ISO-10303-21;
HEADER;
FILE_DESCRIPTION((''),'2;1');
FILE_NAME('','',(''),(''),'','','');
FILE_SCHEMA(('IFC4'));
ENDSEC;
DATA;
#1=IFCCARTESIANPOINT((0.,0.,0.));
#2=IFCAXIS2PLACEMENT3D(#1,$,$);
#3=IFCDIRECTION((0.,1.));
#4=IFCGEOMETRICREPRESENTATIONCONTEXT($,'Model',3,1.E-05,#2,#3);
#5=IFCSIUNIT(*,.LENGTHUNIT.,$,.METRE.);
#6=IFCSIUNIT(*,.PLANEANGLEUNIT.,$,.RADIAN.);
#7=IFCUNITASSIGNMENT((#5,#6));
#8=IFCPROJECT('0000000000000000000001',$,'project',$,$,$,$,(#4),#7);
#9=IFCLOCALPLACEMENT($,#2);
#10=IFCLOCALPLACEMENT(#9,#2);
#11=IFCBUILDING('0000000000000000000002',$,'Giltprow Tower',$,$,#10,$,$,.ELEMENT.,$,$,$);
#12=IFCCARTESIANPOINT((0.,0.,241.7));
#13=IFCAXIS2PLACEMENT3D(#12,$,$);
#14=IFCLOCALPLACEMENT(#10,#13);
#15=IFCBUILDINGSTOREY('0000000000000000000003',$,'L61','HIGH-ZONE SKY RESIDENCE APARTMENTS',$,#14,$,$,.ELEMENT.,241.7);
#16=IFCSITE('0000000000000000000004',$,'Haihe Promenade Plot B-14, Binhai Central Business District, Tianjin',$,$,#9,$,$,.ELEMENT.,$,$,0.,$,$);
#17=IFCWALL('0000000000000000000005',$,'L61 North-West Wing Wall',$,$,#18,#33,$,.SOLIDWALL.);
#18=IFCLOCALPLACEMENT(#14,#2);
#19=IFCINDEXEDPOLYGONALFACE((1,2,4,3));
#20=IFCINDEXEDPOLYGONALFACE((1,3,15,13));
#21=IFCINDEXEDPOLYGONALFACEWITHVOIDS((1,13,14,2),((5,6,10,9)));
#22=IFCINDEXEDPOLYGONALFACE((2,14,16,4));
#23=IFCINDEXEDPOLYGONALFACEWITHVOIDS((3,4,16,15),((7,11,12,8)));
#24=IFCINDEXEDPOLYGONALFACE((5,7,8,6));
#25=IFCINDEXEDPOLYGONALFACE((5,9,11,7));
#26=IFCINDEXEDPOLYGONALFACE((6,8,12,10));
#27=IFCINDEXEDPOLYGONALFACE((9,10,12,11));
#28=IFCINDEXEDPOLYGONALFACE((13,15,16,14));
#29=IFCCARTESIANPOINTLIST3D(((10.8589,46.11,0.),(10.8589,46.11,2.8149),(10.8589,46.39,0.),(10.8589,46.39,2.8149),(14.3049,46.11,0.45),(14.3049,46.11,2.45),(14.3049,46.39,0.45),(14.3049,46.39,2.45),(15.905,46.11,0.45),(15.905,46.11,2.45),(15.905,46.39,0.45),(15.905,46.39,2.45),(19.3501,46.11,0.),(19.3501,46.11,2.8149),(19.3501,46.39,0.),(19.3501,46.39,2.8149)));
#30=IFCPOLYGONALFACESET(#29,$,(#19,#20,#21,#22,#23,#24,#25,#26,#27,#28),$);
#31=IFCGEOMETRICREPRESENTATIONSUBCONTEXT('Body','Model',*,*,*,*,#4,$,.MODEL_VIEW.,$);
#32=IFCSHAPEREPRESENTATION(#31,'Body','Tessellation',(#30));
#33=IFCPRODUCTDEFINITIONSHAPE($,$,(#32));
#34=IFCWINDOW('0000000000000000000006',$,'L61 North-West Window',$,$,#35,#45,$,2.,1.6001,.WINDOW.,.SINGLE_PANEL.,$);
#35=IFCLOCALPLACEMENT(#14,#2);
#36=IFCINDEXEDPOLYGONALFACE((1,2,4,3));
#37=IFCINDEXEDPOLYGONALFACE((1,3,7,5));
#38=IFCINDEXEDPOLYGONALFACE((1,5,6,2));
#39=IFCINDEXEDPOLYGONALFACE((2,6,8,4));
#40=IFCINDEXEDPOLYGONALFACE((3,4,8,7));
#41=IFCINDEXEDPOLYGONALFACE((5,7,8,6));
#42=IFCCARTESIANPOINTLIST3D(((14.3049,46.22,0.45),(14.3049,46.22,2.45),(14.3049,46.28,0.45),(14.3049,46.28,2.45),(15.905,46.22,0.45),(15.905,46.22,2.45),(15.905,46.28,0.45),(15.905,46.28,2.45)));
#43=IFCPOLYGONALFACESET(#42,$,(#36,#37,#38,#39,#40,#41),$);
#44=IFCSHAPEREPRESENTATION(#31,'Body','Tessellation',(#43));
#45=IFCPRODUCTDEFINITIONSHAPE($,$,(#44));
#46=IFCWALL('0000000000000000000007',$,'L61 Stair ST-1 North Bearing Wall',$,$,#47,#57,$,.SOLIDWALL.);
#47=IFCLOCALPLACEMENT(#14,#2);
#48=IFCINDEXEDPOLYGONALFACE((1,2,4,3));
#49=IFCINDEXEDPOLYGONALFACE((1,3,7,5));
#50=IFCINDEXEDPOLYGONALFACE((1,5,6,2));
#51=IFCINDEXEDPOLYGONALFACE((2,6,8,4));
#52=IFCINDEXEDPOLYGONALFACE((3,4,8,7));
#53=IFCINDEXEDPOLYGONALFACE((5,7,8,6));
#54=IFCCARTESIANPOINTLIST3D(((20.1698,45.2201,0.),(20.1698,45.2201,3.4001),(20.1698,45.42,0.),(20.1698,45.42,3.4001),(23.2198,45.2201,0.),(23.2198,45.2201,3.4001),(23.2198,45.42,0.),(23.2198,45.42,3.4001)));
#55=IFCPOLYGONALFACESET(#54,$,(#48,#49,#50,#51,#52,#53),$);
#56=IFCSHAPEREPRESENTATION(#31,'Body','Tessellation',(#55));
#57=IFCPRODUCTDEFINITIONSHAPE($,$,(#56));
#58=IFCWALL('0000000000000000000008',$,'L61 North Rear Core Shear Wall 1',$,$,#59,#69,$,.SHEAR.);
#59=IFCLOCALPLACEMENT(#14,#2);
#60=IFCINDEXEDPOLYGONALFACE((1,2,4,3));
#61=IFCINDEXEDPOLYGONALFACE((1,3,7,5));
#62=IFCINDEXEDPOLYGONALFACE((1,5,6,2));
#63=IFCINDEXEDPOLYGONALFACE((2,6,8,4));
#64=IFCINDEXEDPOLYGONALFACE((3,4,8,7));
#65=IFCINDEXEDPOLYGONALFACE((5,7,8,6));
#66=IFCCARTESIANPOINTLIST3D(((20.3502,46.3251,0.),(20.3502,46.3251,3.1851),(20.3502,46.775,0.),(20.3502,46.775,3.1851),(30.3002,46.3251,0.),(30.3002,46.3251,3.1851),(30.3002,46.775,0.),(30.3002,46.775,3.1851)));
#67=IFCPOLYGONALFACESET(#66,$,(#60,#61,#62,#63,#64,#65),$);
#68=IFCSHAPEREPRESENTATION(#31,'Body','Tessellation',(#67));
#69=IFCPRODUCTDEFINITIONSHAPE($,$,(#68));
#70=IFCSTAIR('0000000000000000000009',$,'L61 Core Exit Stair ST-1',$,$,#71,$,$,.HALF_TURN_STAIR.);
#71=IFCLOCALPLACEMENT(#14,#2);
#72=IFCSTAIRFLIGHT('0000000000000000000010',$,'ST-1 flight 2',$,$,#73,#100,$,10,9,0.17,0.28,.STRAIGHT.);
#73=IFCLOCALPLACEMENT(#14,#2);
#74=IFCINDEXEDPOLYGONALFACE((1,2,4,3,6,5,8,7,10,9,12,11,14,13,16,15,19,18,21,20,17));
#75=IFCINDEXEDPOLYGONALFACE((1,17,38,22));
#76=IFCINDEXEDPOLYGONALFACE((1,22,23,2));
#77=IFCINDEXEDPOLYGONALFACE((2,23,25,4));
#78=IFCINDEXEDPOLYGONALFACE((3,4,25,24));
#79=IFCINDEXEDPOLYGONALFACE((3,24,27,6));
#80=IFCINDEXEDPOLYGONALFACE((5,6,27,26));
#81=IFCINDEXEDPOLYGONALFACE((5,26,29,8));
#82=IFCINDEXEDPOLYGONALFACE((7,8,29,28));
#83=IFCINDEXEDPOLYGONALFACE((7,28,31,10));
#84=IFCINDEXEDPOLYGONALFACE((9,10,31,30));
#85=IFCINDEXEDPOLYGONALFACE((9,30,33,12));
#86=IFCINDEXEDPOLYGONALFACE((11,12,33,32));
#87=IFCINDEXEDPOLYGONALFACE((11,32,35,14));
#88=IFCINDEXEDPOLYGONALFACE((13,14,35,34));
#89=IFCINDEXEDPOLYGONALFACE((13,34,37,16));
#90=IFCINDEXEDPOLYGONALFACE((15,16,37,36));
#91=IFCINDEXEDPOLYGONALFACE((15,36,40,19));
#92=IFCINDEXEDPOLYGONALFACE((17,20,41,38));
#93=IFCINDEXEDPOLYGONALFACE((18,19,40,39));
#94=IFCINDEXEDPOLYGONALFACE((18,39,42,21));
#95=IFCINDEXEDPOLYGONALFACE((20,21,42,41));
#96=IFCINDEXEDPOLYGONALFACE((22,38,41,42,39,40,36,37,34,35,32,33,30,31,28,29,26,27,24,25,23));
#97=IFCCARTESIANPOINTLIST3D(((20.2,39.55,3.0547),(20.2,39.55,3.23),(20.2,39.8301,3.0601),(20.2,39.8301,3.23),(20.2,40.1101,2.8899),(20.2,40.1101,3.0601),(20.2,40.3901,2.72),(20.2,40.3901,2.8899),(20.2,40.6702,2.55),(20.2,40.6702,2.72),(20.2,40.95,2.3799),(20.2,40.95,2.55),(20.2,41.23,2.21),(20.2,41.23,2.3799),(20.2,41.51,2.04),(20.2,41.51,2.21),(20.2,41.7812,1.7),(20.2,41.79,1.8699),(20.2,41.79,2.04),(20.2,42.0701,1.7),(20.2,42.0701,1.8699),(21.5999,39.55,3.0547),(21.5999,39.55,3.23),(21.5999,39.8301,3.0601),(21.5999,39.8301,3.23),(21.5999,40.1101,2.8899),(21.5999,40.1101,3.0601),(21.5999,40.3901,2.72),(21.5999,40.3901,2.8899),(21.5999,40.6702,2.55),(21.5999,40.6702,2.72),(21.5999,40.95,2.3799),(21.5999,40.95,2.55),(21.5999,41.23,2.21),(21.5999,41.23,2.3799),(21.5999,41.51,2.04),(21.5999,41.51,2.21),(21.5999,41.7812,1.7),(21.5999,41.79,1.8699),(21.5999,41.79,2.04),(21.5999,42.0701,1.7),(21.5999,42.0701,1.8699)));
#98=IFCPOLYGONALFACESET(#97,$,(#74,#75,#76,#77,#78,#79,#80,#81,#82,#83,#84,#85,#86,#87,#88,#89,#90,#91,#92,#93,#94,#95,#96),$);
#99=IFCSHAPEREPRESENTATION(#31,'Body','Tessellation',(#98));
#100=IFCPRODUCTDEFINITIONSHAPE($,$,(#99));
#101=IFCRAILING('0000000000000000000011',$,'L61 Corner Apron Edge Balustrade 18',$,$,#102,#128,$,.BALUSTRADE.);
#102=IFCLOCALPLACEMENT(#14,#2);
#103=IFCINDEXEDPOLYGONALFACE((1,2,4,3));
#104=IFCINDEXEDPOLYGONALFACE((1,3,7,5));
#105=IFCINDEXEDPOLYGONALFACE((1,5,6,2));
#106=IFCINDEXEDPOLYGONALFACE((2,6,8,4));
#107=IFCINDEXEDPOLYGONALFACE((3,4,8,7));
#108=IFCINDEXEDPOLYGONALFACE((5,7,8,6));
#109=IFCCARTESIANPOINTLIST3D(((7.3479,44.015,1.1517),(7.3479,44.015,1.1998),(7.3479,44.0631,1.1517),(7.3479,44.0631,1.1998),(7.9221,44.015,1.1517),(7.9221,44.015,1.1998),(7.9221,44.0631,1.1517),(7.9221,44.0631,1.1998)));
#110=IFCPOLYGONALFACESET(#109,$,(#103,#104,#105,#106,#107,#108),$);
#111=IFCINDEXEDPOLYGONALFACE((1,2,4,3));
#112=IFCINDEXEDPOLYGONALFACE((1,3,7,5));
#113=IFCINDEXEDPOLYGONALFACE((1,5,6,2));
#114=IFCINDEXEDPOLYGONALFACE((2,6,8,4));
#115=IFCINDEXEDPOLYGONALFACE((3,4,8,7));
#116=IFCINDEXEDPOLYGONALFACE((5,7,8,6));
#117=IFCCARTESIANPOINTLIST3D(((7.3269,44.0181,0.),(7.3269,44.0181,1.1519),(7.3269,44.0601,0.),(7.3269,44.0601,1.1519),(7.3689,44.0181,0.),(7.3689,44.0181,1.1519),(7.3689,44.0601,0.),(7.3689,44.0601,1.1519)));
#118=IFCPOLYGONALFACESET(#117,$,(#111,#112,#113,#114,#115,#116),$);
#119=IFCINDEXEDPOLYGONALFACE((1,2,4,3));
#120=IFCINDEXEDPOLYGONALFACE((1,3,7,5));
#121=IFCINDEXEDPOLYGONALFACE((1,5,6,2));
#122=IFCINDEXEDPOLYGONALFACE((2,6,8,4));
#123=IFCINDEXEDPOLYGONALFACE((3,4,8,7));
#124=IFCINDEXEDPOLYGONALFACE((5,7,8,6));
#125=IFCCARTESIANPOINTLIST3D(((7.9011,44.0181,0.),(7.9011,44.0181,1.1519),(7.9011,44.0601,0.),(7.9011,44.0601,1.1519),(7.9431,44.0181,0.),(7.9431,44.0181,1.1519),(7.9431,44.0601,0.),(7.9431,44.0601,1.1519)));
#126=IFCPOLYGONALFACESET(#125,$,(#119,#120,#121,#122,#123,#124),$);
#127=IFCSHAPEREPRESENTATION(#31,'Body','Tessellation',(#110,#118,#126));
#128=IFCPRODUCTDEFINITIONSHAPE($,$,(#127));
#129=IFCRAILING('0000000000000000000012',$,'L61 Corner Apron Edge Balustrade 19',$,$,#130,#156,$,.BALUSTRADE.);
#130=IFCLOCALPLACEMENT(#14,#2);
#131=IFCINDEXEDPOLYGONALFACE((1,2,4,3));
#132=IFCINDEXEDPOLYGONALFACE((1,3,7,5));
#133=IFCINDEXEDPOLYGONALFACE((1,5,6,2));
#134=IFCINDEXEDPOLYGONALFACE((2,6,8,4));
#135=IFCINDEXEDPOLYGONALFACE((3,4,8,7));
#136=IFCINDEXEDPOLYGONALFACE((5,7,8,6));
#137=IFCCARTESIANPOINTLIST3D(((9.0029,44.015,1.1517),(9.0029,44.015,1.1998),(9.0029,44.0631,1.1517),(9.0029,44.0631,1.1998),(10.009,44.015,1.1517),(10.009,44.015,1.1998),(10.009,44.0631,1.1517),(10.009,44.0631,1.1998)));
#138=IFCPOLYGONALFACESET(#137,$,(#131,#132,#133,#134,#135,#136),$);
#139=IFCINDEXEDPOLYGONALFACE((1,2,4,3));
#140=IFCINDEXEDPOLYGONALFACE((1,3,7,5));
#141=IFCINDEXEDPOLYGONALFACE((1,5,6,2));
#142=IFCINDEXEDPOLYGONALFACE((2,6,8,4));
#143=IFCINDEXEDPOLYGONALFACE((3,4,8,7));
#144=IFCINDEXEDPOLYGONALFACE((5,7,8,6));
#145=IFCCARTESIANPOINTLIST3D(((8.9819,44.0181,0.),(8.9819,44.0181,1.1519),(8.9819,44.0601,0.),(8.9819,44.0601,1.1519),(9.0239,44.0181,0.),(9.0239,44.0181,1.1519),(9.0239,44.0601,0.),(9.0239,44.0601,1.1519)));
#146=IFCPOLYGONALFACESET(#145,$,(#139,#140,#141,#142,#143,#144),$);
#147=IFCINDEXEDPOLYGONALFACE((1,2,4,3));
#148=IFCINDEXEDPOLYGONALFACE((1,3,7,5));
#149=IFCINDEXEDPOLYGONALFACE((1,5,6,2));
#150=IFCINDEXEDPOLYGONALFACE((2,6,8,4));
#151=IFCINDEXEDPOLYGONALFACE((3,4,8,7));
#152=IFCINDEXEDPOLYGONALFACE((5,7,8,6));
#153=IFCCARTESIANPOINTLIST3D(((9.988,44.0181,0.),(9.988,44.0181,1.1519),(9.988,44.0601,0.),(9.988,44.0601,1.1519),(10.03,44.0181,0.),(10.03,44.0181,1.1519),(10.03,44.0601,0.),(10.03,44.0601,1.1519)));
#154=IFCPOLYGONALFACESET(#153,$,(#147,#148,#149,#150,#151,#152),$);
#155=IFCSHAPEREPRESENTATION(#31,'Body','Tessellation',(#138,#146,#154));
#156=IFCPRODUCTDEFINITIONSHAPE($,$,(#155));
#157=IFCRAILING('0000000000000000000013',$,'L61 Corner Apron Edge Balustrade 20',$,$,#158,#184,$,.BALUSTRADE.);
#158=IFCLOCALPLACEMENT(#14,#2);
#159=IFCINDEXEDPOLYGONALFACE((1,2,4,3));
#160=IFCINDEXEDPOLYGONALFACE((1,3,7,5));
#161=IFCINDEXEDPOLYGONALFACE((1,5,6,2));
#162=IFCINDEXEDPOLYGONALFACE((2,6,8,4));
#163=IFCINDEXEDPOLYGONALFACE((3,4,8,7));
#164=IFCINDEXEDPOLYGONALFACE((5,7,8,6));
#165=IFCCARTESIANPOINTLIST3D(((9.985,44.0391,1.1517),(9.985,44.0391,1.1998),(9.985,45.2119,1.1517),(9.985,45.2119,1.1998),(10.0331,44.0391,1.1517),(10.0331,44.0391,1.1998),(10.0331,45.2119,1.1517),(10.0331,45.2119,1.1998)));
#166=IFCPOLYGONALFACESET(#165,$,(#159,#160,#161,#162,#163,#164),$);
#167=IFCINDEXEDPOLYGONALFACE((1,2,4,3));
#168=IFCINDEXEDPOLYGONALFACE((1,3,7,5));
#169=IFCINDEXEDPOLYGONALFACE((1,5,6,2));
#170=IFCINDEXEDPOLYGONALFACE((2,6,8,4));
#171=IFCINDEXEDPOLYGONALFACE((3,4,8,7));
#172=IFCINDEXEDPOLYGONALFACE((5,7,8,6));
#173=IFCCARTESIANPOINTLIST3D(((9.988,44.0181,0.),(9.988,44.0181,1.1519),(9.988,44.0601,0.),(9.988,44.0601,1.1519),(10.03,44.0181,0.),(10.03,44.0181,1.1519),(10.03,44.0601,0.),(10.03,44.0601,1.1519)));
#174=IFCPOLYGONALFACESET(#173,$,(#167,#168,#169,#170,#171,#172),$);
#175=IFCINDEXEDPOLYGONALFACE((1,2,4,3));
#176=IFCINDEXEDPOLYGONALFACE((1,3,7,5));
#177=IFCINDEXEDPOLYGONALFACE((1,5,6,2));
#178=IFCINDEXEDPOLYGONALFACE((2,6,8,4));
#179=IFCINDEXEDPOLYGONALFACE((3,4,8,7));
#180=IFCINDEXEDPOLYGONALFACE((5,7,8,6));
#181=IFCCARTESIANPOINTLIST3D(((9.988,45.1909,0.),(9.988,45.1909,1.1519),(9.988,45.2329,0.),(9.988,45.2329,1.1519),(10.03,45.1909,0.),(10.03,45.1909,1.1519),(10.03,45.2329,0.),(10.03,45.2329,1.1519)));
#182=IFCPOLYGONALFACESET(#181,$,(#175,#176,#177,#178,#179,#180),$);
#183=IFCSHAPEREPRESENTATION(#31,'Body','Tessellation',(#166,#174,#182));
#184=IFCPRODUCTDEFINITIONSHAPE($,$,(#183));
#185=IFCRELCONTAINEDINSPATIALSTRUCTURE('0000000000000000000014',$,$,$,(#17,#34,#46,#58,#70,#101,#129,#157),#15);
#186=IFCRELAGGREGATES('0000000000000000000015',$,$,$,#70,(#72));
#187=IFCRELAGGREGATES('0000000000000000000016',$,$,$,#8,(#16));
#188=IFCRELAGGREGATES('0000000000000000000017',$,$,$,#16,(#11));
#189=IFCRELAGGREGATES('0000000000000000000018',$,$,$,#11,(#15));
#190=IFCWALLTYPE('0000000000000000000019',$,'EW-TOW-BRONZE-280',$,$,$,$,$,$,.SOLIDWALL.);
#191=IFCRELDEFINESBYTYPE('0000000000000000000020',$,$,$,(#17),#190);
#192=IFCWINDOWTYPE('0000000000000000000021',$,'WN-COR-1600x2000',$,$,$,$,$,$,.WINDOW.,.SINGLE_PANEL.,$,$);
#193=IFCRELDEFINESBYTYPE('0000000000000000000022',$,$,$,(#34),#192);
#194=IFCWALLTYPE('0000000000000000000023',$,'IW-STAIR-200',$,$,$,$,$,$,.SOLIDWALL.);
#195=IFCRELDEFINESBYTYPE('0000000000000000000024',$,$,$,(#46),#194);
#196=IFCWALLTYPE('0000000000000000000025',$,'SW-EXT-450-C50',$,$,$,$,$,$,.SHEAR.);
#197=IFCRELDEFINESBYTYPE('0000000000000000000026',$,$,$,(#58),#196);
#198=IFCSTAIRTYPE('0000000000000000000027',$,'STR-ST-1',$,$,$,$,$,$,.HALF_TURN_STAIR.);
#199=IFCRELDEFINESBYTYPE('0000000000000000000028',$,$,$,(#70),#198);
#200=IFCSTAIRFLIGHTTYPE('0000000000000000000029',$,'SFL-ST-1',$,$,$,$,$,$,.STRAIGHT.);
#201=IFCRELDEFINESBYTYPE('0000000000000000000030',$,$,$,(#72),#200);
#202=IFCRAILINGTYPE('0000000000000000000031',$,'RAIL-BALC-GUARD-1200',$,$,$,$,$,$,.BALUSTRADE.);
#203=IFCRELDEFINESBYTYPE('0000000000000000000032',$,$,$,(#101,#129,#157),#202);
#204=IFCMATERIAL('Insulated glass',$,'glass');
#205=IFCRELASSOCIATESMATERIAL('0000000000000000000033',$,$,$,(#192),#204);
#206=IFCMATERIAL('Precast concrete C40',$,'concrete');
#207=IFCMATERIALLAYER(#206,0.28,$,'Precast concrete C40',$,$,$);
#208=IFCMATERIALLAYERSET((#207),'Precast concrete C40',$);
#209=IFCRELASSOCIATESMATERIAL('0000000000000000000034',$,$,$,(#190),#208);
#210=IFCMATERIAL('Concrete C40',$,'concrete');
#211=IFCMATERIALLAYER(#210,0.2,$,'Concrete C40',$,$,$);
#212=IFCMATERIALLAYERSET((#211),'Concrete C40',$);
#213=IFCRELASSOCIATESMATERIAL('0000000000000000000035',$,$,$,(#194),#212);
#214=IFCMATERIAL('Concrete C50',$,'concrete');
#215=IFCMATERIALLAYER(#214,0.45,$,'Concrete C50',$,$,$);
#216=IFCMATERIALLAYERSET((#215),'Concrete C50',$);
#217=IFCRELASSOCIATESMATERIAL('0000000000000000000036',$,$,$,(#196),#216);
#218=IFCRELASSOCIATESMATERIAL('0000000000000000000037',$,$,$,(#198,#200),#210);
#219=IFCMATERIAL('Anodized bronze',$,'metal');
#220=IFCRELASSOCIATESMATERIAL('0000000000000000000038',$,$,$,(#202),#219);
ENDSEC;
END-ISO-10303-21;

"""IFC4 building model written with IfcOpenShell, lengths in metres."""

from ifc_helpers import new_model, si_unit, direction, frame, frame_2d, origin, origin_2d, place, context, subcontext, project, spatial, polyline, rectangle, outline, extrude, source, transform, mapped, material, layer, layer_set, type_object, element, fill, aggregate, save


model = new_model("IFC4")

# Units and contexts
model_context = context("Model", 3, precision=1e-05, world=origin(), true_north=direction((0.0, 1.0)))
body_context = subcontext(model_context, "Body", "Model", "MODEL_VIEW")
ifc_project = project(units=[si_unit("LENGTHUNIT", "METRE"), si_unit("PLANEANGLEUNIT", "RADIAN")], contexts=[model_context])

# Site, building, storey
site_placement = place(None, origin())
site = spatial("IfcSite", under=ifc_project, at=site_placement, Name="Haihe Promenade Plot B-14, Binhai Central Business District, Tianjin", CompositionType="ELEMENT", RefElevation=0.0)
building_placement = place(site_placement, origin())
building = spatial("IfcBuilding", under=site, at=building_placement, Name="Giltprow Tower", CompositionType="ELEMENT")
storey_placement = place(building_placement, frame((0.0, 0.0, 241.7)))
storey = spatial("IfcBuildingStorey", under=building, at=storey_placement, Name="L61", Description="HIGH-ZONE SKY RESIDENCE APARTMENTS", CompositionType="ELEMENT", Elevation=241.7)

# Shared definitions
ifc_material_1 = material(Name="Concrete C50", Category="concrete")

# Wall, opening, window
ifc_material_2 = material(Name="Precast concrete C40", Category="concrete")
ifc_material_3 = material(Name="Insulated glass", Category="glass")
window_type = type_object("IfcWindowType", Name="WN-COR-1600x2000", PartitioningType="SINGLE_PANEL", PredefinedType="WINDOW", material=ifc_material_3)
shared_shape_1 = source(origin(), body_context, "Body", "SweptSolid", [
    extrude(rectangle(XDim=1.6001, YDim=2.0, at=frame_2d((0.8, 1.0))), frame((0.0, 0.03, 0.0), z_axis=(0.0, -1.0, 0.0), x_axis=(1.0, 0.0, 0.0)), (0.0, 0.0, 1.0), 0.0601),
])
ifc_layer_1 = layer(ifc_material_2, 0.28, Name="Precast concrete C40")
ifc_layer_set_1 = layer_set([ifc_layer_1], Name="Precast concrete C40")
wall_type_1 = type_object("IfcWallType", Name="EW-TOW-BRONZE-280", PredefinedType="SOLIDWALL", material=ifc_layer_set_1)
wall_1_placement = place(storey_placement, frame((10.8589, 46.25, 0.0), z_axis=(0.0, 0.0, 1.0), x_axis=(1.0, 0.0, 0.0)))
wall_1 = element("IfcWall", 1, at=wall_1_placement, inside=storey, type_object=wall_type_1, Name="L61 North-West Wing Wall", PredefinedType="SOLIDWALL", context=body_context, shape_type="SweptSolid", body=[
    extrude(rectangle(XDim=8.4912, YDim=0.28, at=frame_2d((4.2456, 0.0))), origin(), (0.0, 0.0, 1.0), 2.8149),
])
opening_1_placement = place(wall_1_placement, frame((3.446, 0.0, 0.45)))
opening_1 = element("IfcOpeningElement", 2, at=opening_1_placement, cuts=wall_1, PredefinedType="OPENING", context=body_context, shape_type="SweptSolid", body=[
    extrude(rectangle(XDim=1.6001, YDim=2.0, at=frame_2d((0.8, 1.0))), frame((0.0, 0.1499, 0.0), z_axis=(0.0, -1.0, 0.0), x_axis=(1.0, 0.0, 0.0)), (0.0, 0.0, 1.0), 0.3),
])
window_1_placement = place(opening_1_placement, origin())
window_1 = element("IfcWindow", 3, at=window_1_placement, inside=storey, type_object=window_type, Name="L61 North-West Window", OverallHeight=2.0, OverallWidth=1.6001, PartitioningType="SINGLE_PANEL", PredefinedType="WINDOW", context=body_context, shape_type="MappedRepresentation", body=[
    mapped(shared_shape_1, transform((0.0, 0.0, 0.0), x_axis=(1.0, 0.0, 0.0), y_axis=(0.0, 1.0, 0.0), z_axis=(0.0, 0.0, 1.0), scale=1.0)),
])
fill(opening_1, window_1)

# Walls
ifc_material_4 = material(Name="Concrete C40", Category="concrete")
ifc_layer_2 = layer(ifc_material_4, 0.2, Name="Concrete C40")
ifc_layer_set_2 = layer_set([ifc_layer_2], Name="Concrete C40")
wall_type_2 = type_object("IfcWallType", Name="IW-STAIR-200", PredefinedType="SOLIDWALL", material=ifc_layer_set_2)
wall_2_placement = place(storey_placement, frame((20.1699, 45.3201, 0.0), z_axis=(0.0, 0.0, 1.0), x_axis=(1.0, 0.0, 0.0)))
element("IfcWall", 4, at=wall_2_placement, inside=storey, type_object=wall_type_2, Name="L61 Stair ST-1 North Bearing Wall", PredefinedType="SOLIDWALL", context=body_context, shape_type="SweptSolid", body=[
    extrude(rectangle(XDim=3.05, YDim=0.2, at=frame_2d((1.5249, 0.0))), origin(), (0.0, 0.0, 1.0), 3.4001),
])
ifc_layer_3 = layer(ifc_material_1, 0.45, Name="Concrete C50")
ifc_layer_set_3 = layer_set([ifc_layer_3], Name="Concrete C50")
wall_type_3 = type_object("IfcWallType", Name="SW-EXT-450-C50", PredefinedType="SHEAR", material=ifc_layer_set_3)
wall_3_placement = place(storey_placement, frame((20.3501, 46.55, 0.0), z_axis=(0.0, 0.0, 1.0), x_axis=(1.0, 0.0, 0.0)))
element("IfcWall", 5, at=wall_3_placement, inside=storey, type_object=wall_type_3, Name="L61 North Rear Core Shear Wall 1", PredefinedType="SHEAR", context=body_context, shape_type="SweptSolid", body=[
    extrude(rectangle(XDim=9.95, YDim=0.45, at=frame_2d((4.9751, 0.0))), origin(), (0.0, 0.0, 1.0), 3.1851),
])

# Stair, stair flight
stair_type = type_object("IfcStairType", Name="STR-ST-1", PredefinedType="HALF_TURN_STAIR", material=ifc_material_4)
stair_placement = place(storey_placement, origin())
stair = element("IfcStair", 6, at=stair_placement, inside=storey, type_object=stair_type, Name="L61 Core Exit Stair ST-1", PredefinedType="HALF_TURN_STAIR")
stair_flight_type = type_object("IfcStairFlightType", Name="SFL-ST-1", PredefinedType="STRAIGHT", material=ifc_material_4)
stair_flight_placement = place(storey_placement, frame((20.8999, 42.0701, 1.7), z_axis=(0.0, 0.0, 1.0), x_axis=(0.0, -1.0, 0.0)))
stair_flight = element("IfcStairFlight", 7, at=stair_flight_placement, type_object=stair_flight_type, Name="ST-1 flight 2", NumberOfRisers=10, NumberOfTreads=9, PredefinedType="STRAIGHT", RiserHeight=0.17, TreadLength=0.28, context=body_context, shape_type="SweptSolid", body=[
    extrude(outline(polyline([(0.0, 0.0), (0.0, 0.1699), (0.28, 0.1699), (0.28, 0.3401), (0.5601, 0.3401), (0.5601, 0.51), (0.8401, 0.51), (0.8401, 0.6799), (1.1201, 0.6799), (1.1201, 0.8501), (1.3999, 0.8501), (1.3999, 1.02), (1.6799, 1.02), (1.6799, 1.1899), (1.96, 1.1899), (1.96, 1.3601), (2.24, 1.3601), (2.24, 1.53), (2.52, 1.53), (2.52, 1.7), (2.52, 1.3547), (0.2888, 0.0), (0.0, 0.0)])), frame((0.0, 0.7, 0.0), z_axis=(0.0, -1.0, 0.0), x_axis=(1.0, 0.0, 0.0)), (0.0, 0.0, 1.0), 1.3999),
])
aggregate(stair, [stair_flight])

# Railings
ifc_material_5 = material(Name="Anodized bronze", Category="metal")
railing_type_1 = type_object("IfcRailingType", Name="RAIL-BALC-GUARD-1200", PredefinedType="BALUSTRADE", material=ifc_material_5)
railing_1_placement = place(storey_placement, frame((7.3479, 44.0391, 0.0)))
element("IfcRailing", 8, at=railing_1_placement, inside=storey, type_object=railing_type_1, Name="L61 Corner Apron Edge Balustrade 18", PredefinedType="BALUSTRADE", context=body_context, shape_type="SweptSolid", body=[
    extrude(rectangle(XDim=0.0481, YDim=0.0481, at=origin_2d()), frame((0.0, 0.0, 1.1758), z_axis=(1.0, 0.0, 0.0), x_axis=(0.0, 1.0, 0.0)), (0.0, 0.0, 1.0), 0.5742),
    extrude(rectangle(XDim=0.042, YDim=0.042, at=origin_2d()), origin(), (0.0, 0.0, 1.0), 1.1519),
    extrude(rectangle(XDim=0.042, YDim=0.042, at=origin_2d()), frame((0.5742, 0.0, 0.0)), (0.0, 0.0, 1.0), 1.1519),
])
railing_2_placement = place(storey_placement, frame((9.0029, 44.0391, 0.0)))
element("IfcRailing", 9, at=railing_2_placement, inside=storey, type_object=railing_type_1, Name="L61 Corner Apron Edge Balustrade 19", PredefinedType="BALUSTRADE", context=body_context, shape_type="SweptSolid", body=[
    extrude(rectangle(XDim=0.0481, YDim=0.0481, at=origin_2d()), frame((0.0, 0.0, 1.1758), z_axis=(1.0, 0.0, 0.0), x_axis=(0.0, 1.0, 0.0)), (0.0, 0.0, 1.0), 1.0061),
    extrude(rectangle(XDim=0.042, YDim=0.042, at=origin_2d()), origin(), (0.0, 0.0, 1.0), 1.1519),
    extrude(rectangle(XDim=0.042, YDim=0.042, at=origin_2d()), frame((1.0061, 0.0, 0.0)), (0.0, 0.0, 1.0), 1.1519),
])
railing_3_placement = place(storey_placement, frame((10.009, 44.0391, 0.0)))
element("IfcRailing", 10, at=railing_3_placement, inside=storey, type_object=railing_type_1, Name="L61 Corner Apron Edge Balustrade 20", PredefinedType="BALUSTRADE", context=body_context, shape_type="SweptSolid", body=[
    extrude(rectangle(XDim=0.0481, YDim=0.0481, at=origin_2d()), frame((0.0, 0.0, 1.1758), z_axis=(0.0, 1.0, 0.0), x_axis=(-1.0, 0.0, 0.0)), (0.0, 0.0, 1.0), 1.1729),
    extrude(rectangle(XDim=0.042, YDim=0.042, at=origin_2d()), origin(), (0.0, 0.0, 1.0), 1.1519),
    extrude(rectangle(XDim=0.042, YDim=0.042, at=origin_2d()), frame((0.0, 1.1729, 0.0)), (0.0, 0.0, 1.0), 1.1519),
])

save(model, "model.ifc")
